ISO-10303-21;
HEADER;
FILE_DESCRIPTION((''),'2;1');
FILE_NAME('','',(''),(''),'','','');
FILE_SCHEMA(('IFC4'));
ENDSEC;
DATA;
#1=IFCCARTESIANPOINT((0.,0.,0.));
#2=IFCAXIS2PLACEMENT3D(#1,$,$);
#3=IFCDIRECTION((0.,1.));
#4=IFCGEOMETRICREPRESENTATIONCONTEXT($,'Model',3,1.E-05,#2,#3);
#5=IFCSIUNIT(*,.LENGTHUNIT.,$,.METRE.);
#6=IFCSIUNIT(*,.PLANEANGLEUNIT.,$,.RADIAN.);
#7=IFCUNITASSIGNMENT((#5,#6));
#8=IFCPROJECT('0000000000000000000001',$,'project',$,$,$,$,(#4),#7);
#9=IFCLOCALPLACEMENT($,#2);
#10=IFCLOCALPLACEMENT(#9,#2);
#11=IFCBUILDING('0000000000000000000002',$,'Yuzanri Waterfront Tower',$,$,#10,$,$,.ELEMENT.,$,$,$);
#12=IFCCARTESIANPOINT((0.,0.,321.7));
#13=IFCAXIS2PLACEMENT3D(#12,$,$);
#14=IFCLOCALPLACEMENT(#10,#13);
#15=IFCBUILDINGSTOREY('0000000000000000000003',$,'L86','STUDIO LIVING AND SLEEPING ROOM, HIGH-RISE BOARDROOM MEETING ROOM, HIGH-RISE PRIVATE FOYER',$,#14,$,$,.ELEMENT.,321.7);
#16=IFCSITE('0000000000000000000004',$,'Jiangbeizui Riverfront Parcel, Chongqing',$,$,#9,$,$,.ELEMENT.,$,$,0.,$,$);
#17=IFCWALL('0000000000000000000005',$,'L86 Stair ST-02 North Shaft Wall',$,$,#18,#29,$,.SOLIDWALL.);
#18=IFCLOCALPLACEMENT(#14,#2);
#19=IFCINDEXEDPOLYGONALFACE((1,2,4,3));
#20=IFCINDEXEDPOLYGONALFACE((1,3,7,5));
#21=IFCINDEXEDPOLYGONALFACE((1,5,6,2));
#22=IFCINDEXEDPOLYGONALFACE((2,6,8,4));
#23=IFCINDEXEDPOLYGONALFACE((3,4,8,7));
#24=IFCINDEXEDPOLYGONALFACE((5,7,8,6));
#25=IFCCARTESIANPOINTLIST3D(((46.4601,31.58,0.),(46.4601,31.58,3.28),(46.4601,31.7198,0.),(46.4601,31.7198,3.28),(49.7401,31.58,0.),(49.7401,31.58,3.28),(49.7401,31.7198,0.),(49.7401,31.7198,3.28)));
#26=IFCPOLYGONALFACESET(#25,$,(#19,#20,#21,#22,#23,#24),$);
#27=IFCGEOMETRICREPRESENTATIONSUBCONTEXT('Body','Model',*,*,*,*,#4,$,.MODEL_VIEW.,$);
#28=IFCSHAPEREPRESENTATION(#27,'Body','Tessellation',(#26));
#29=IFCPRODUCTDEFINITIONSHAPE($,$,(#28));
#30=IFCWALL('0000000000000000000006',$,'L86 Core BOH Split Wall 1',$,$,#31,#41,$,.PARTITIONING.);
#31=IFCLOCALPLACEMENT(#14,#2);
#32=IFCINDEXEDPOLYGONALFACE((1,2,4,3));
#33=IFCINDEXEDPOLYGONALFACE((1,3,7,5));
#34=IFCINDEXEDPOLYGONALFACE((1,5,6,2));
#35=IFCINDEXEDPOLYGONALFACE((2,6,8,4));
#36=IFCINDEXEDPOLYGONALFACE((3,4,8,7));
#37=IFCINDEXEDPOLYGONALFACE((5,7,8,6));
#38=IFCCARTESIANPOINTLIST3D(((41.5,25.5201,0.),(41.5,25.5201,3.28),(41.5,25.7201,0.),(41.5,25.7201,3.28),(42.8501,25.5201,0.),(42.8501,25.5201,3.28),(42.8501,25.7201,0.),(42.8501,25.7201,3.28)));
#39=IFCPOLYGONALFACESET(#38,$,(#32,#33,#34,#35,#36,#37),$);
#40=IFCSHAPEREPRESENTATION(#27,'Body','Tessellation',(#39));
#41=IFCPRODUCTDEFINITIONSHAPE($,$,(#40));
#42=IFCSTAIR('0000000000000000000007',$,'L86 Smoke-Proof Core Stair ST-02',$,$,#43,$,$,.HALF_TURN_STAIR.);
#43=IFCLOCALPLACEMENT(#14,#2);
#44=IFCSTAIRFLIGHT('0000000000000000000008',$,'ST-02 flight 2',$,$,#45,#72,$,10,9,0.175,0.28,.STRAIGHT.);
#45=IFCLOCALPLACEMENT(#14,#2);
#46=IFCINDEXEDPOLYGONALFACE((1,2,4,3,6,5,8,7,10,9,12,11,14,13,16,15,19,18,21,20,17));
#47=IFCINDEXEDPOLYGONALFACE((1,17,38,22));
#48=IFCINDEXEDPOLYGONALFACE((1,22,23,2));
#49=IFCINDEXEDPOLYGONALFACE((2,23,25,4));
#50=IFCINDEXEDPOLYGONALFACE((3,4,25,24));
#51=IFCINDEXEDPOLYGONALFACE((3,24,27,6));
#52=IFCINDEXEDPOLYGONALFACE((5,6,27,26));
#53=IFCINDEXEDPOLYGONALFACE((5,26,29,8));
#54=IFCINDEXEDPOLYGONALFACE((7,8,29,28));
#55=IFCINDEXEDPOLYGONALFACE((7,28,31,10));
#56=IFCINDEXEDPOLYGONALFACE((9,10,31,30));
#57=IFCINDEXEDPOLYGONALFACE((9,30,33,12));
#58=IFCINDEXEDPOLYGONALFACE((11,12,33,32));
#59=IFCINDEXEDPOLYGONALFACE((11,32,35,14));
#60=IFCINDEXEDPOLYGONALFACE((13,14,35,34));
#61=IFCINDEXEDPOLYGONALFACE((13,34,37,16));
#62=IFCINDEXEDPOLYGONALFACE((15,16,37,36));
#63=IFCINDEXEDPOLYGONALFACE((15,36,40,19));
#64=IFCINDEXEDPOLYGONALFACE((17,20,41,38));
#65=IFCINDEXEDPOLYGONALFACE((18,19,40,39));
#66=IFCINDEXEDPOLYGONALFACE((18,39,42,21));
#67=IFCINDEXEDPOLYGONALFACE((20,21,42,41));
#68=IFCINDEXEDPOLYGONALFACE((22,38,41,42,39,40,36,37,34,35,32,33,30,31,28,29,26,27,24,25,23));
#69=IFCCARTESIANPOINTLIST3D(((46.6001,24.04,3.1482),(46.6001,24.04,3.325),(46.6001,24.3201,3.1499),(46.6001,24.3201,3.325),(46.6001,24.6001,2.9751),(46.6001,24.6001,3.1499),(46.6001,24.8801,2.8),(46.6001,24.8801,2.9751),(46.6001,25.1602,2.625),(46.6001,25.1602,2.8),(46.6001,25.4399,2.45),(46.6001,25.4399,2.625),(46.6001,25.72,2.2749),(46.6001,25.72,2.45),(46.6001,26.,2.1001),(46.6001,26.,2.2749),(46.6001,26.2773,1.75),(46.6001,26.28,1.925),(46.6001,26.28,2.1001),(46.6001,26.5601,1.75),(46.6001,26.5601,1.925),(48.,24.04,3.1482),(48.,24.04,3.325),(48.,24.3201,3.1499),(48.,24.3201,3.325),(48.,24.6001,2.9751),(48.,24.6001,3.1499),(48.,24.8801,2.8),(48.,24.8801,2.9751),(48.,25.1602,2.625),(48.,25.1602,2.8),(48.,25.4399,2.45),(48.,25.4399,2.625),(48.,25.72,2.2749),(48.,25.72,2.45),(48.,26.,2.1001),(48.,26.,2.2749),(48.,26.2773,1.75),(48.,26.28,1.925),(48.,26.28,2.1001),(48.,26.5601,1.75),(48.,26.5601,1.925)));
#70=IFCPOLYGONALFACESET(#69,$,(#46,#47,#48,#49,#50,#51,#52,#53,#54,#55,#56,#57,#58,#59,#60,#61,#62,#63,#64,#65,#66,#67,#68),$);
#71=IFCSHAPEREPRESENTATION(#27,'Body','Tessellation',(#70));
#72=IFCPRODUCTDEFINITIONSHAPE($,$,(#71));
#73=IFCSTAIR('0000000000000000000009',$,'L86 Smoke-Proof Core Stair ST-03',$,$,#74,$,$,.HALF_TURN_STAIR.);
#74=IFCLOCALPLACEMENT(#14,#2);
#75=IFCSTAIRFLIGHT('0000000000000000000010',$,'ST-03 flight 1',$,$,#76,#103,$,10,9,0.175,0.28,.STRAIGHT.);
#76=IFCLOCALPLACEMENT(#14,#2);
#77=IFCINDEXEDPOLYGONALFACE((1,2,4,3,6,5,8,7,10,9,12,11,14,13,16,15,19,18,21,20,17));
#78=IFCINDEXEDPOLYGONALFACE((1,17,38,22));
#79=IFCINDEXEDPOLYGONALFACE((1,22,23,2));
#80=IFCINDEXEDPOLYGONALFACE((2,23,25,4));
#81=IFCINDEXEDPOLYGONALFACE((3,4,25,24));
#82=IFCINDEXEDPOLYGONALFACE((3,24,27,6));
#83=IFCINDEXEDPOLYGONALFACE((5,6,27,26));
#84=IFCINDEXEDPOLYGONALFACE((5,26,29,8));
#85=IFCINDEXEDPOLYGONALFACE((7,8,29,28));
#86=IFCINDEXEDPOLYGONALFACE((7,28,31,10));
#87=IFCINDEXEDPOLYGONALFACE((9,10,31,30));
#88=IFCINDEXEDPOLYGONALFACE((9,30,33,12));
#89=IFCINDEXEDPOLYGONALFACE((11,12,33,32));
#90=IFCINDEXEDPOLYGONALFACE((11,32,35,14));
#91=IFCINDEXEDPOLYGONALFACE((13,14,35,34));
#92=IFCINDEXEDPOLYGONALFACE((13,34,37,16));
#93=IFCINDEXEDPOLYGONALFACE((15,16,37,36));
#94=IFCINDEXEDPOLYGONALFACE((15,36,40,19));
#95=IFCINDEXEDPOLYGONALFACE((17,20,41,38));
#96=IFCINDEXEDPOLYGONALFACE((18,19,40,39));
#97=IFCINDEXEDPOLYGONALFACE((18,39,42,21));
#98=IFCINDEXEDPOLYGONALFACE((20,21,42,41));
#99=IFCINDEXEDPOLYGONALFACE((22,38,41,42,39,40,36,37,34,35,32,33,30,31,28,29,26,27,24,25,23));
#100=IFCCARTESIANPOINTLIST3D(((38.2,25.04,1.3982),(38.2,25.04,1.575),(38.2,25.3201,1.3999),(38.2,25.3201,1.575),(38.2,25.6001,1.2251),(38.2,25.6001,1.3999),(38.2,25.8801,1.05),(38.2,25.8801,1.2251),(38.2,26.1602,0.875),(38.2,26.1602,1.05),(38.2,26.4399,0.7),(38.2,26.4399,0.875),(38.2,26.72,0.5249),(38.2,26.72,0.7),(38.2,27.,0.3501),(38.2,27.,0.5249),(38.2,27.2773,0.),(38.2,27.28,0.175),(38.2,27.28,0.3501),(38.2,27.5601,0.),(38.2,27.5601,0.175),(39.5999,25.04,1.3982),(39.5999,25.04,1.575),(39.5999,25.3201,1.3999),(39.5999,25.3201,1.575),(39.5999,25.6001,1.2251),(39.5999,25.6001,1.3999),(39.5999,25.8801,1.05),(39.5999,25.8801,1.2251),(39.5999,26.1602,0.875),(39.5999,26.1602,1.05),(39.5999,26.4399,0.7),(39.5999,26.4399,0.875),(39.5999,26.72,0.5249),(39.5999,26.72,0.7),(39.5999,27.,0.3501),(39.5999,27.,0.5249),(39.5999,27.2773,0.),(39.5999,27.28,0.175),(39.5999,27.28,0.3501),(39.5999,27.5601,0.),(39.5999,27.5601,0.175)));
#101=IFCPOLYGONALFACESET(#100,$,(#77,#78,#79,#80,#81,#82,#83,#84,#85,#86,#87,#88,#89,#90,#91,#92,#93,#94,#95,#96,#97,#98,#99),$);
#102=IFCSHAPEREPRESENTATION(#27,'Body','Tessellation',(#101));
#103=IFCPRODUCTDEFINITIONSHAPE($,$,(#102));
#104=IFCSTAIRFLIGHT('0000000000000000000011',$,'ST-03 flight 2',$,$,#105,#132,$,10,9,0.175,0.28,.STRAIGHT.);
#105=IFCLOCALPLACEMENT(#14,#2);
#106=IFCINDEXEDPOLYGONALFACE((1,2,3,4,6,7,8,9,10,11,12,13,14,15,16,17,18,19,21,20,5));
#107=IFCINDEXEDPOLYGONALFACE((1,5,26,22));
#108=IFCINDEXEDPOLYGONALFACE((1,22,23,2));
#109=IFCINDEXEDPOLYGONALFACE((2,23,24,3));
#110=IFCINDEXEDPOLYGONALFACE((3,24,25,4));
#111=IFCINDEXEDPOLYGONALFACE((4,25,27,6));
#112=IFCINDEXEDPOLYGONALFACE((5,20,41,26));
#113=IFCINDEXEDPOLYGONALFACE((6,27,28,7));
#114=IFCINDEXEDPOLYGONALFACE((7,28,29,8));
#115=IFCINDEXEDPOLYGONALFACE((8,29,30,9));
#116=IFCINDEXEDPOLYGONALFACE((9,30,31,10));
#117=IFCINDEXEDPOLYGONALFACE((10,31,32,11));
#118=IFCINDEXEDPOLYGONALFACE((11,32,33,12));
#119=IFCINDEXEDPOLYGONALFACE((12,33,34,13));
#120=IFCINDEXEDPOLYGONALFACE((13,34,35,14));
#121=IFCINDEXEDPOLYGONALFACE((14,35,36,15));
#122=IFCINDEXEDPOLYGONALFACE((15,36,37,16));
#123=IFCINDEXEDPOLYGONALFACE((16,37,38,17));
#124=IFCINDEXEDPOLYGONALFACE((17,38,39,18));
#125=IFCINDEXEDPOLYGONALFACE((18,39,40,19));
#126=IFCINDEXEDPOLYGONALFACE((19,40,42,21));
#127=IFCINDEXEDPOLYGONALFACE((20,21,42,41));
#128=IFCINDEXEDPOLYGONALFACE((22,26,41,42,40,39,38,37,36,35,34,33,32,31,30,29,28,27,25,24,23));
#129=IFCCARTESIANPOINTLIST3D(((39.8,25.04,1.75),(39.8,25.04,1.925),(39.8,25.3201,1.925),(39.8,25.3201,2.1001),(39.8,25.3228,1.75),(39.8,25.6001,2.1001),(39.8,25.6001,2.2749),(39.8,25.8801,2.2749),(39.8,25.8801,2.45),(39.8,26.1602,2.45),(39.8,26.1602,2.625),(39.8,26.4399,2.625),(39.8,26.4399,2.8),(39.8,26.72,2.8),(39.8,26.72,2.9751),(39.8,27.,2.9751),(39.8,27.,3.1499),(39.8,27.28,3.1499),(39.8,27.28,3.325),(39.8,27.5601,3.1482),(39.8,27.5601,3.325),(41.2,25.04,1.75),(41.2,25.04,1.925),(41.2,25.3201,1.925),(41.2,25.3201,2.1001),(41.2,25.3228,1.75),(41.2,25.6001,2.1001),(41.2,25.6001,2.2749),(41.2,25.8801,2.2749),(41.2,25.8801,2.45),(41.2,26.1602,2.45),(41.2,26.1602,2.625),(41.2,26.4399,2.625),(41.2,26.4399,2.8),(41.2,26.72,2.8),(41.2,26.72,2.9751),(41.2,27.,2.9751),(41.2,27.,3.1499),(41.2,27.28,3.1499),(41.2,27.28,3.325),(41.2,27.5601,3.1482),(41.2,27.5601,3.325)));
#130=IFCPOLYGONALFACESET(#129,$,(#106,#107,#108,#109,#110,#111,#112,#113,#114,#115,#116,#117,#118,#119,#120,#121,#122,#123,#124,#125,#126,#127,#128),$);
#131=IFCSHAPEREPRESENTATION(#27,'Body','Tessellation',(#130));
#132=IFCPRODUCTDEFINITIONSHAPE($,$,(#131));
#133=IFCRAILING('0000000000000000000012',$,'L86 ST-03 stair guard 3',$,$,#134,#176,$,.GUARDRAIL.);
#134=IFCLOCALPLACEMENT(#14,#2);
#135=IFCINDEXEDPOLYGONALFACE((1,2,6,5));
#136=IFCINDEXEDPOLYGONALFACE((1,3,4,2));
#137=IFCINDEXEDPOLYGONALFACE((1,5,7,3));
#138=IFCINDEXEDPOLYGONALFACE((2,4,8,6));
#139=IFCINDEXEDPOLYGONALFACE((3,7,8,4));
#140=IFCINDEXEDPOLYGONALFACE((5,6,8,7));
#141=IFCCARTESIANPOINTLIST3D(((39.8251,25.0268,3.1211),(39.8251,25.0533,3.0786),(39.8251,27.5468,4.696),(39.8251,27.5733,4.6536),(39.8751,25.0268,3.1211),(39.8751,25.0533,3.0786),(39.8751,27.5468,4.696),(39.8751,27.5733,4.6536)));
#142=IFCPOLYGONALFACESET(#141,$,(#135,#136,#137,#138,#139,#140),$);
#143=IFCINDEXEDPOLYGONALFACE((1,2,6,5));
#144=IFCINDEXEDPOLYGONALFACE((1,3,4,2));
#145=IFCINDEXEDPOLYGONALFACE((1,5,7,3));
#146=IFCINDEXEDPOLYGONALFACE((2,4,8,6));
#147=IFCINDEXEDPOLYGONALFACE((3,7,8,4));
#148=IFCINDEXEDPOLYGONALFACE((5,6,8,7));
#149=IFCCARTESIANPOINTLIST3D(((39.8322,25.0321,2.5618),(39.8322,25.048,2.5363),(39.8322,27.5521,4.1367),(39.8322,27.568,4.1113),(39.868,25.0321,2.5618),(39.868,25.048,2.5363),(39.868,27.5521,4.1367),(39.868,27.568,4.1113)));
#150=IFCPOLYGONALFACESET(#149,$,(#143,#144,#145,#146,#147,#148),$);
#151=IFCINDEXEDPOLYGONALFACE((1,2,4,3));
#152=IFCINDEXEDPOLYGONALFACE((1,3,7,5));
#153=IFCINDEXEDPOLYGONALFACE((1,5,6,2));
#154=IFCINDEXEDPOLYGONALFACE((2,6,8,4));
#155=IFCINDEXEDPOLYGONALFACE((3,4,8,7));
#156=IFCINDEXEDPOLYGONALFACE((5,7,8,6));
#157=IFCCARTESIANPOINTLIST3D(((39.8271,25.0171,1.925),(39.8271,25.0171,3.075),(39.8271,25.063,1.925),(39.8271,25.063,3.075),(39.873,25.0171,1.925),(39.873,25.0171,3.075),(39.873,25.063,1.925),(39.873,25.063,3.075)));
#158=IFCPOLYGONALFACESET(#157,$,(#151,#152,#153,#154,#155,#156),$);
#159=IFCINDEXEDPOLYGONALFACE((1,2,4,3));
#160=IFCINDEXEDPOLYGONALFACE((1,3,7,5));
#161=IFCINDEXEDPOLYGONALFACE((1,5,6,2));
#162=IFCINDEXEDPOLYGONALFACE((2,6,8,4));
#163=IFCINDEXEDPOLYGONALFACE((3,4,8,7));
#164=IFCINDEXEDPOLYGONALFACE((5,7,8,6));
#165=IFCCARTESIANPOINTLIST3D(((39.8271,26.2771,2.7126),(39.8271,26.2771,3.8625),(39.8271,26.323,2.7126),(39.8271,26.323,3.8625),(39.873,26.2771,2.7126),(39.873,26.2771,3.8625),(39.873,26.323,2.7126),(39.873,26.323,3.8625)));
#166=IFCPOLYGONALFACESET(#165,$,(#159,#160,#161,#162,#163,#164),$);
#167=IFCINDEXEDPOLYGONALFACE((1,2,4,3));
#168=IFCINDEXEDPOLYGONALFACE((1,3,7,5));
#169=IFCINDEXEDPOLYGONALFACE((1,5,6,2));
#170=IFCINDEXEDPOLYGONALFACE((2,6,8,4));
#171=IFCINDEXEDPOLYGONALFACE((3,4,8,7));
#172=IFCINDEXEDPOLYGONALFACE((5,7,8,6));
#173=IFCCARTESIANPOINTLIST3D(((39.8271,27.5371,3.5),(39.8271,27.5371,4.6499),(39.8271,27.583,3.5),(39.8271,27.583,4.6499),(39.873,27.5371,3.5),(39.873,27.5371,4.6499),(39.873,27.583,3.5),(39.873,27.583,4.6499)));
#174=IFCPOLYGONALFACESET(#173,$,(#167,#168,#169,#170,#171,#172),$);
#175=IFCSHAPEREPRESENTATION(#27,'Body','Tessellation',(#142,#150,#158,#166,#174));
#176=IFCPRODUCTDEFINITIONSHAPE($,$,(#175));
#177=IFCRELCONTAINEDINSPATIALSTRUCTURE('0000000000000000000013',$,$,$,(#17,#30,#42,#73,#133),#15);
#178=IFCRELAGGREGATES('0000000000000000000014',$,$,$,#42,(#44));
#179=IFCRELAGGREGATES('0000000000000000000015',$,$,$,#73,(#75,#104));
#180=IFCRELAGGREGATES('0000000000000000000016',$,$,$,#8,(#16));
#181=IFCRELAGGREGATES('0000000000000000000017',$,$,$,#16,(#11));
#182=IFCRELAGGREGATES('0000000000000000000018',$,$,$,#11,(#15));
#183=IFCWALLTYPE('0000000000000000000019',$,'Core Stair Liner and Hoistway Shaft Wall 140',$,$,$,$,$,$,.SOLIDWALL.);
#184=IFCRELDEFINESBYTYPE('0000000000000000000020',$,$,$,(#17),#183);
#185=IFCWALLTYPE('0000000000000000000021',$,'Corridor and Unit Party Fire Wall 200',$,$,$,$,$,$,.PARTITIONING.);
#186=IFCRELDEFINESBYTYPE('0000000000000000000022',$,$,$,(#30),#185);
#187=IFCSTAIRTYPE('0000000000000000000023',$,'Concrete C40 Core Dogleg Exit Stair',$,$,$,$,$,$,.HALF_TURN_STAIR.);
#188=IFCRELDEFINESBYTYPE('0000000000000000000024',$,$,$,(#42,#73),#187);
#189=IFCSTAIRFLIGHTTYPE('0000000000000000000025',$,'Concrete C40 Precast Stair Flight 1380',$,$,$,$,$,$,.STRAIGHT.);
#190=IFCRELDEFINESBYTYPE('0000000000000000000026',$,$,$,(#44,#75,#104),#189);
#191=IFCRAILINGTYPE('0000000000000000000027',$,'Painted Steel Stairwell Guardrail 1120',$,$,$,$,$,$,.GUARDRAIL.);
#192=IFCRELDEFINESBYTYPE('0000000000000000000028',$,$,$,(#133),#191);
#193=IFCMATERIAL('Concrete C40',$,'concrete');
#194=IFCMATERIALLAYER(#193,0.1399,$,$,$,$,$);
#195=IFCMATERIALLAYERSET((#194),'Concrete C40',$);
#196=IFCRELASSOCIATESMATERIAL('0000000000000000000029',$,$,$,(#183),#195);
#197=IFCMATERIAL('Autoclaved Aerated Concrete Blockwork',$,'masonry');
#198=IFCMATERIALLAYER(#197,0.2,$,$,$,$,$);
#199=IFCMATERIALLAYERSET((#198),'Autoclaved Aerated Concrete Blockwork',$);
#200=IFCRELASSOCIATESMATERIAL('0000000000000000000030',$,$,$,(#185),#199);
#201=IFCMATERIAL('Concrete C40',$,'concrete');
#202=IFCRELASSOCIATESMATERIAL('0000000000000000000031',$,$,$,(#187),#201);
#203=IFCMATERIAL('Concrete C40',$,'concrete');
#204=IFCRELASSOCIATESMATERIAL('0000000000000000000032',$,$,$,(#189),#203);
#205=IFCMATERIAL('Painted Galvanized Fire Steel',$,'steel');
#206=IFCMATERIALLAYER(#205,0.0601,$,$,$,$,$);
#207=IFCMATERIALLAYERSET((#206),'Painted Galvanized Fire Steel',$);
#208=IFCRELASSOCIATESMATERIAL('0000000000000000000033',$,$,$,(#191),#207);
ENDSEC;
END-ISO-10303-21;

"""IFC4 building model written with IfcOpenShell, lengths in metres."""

from ifc_helpers import new_model, si_unit, direction, frame, frame_2d, origin, origin_2d, place, context, subcontext, project, spatial, polyline, rectangle, outline, extrude, source, transform, mapped, material, layer, layer_set, type_object, element, aggregate, save


model = new_model("IFC4")

# Units and contexts
model_context = context("Model", 3, precision=1e-05, world=origin(), true_north=direction((0.0, 1.0)))
body_context = subcontext(model_context, "Body", "Model", "MODEL_VIEW")
ifc_project = project(units=[si_unit("LENGTHUNIT", "METRE"), si_unit("PLANEANGLEUNIT", "RADIAN")], contexts=[model_context])

# Site, building, storey
site_placement = place(None, origin())
site = spatial("IfcSite", under=ifc_project, at=site_placement, Name="Jiangbeizui Riverfront Parcel, Chongqing", CompositionType="ELEMENT", RefElevation=0.0)
building_placement = place(site_placement, origin())
building = spatial("IfcBuilding", under=site, at=building_placement, Name="Yuzanri Waterfront Tower", CompositionType="ELEMENT")
storey_placement = place(building_placement, frame((0.0, 0.0, 321.7)))
storey = spatial("IfcBuildingStorey", under=building, at=storey_placement, Name="L86", Description="STUDIO LIVING AND SLEEPING ROOM, HIGH-RISE BOARDROOM MEETING ROOM, HIGH-RISE PRIVATE FOYER", CompositionType="ELEMENT", Elevation=321.7)

# Shared definitions
ifc_material_1 = material(Name="Concrete C40", Category="concrete")
ifc_layer_1 = layer(ifc_material_1, 0.1399)
ifc_layer_set_1 = layer_set([ifc_layer_1], Name="Concrete C40")
wall_type_1 = type_object("IfcWallType", Name="Core Stair Liner and Hoistway Shaft Wall 140", PredefinedType="SOLIDWALL", material=ifc_layer_set_1)

# Walls
shared_shape_1 = source(origin(), body_context, "Body", "SweptSolid", [
    extrude(rectangle(XDim=3.28, YDim=0.1399, at=frame_2d((1.6401, 0.0))), origin(), (0.0, 0.0, 1.0), 3.28),
])
wall_1_placement = place(storey_placement, frame((46.46, 31.6499, 0.0), z_axis=(0.0, 0.0, 1.0), x_axis=(1.0, 0.0, 0.0)))
element("IfcWall", 1, at=wall_1_placement, inside=storey, type_object=wall_type_1, Name="L86 Stair ST-02 North Shaft Wall", PredefinedType="SOLIDWALL", context=body_context, shape_type="MappedRepresentation", body=[
    mapped(shared_shape_1, transform((0.0, 0.0, 0.0), scale=1.0)),
])
ifc_material_2 = material(Name="Autoclaved Aerated Concrete Blockwork", Category="masonry")
ifc_layer_2 = layer(ifc_material_2, 0.2)
ifc_layer_set_2 = layer_set([ifc_layer_2], Name="Autoclaved Aerated Concrete Blockwork")
wall_type_2 = type_object("IfcWallType", Name="Corridor and Unit Party Fire Wall 200", PredefinedType="PARTITIONING", material=ifc_layer_set_2)
shared_shape_2 = source(origin(), body_context, "Body", "SweptSolid", [
    extrude(rectangle(XDim=1.3501, YDim=0.2, at=frame_2d((0.675, 0.0))), origin(), (0.0, 0.0, 1.0), 3.28),
])
wall_2_placement = place(storey_placement, frame((41.5, 25.6201, 0.0), z_axis=(0.0, 0.0, 1.0), x_axis=(1.0, 0.0, 0.0)))
element("IfcWall", 2, at=wall_2_placement, inside=storey, type_object=wall_type_2, Name="L86 Core BOH Split Wall 1", PredefinedType="PARTITIONING", context=body_context, shape_type="MappedRepresentation", body=[
    mapped(shared_shape_2, transform((0.0, 0.0, 0.0), scale=1.0)),
])

# Stair, stair flight
ifc_material_3 = material(Name="Concrete C40", Category="concrete")
stair_type = type_object("IfcStairType", Name="Concrete C40 Core Dogleg Exit Stair", PredefinedType="HALF_TURN_STAIR", material=ifc_material_3)
stair_1_placement = place(storey_placement, origin())
stair_1 = element("IfcStair", 3, at=stair_1_placement, inside=storey, type_object=stair_type, Name="L86 Smoke-Proof Core Stair ST-02", PredefinedType="HALF_TURN_STAIR")
ifc_material_4 = material(Name="Concrete C40", Category="concrete")
stair_flight_type = type_object("IfcStairFlightType", Name="Concrete C40 Precast Stair Flight 1380", PredefinedType="STRAIGHT", material=ifc_material_4)
shared_shape_3 = source(origin(), body_context, "Body", "SweptSolid", [
    extrude(outline(polyline([(0.0, 0.0), (0.0, 0.175), (0.28, 0.175), (0.28, 0.3501), (0.5601, 0.3501), (0.5601, 0.5249), (0.8401, 0.5249), (0.8401, 0.7), (1.1201, 0.7), (1.1201, 0.875), (1.3999, 0.875), (1.3999, 1.05), (1.6799, 1.05), (1.6799, 1.2251), (1.96, 1.2251), (1.96, 1.3999), (2.24, 1.3999), (2.24, 1.575), (2.52, 1.575), (2.52, 1.75), (2.52, 1.3982), (0.2827, 0.0), (0.0, 0.0)])), frame((0.0, 0.7, 0.0), z_axis=(0.0, -1.0, 0.0), x_axis=(1.0, 0.0, 0.0)), (0.0, 0.0, 1.0), 1.3999),
])
stair_flight_1_placement = place(storey_placement, frame((47.3, 26.5601, 1.75), z_axis=(0.0, 0.0, 1.0), x_axis=(0.0, -1.0, 0.0)))
stair_flight_1 = element("IfcStairFlight", 4, at=stair_flight_1_placement, type_object=stair_flight_type, Name="ST-02 flight 2", NumberOfRisers=10, NumberOfTreads=9, PredefinedType="STRAIGHT", RiserHeight=0.175, TreadLength=0.28, context=body_context, shape_type="MappedRepresentation", body=[
    mapped(shared_shape_3, transform((0.0, 0.0, 0.0), scale=1.0)),
])
aggregate(stair_1, [stair_flight_1])

# Stair, stair flights
stair_2_placement = place(storey_placement, origin())
stair_2 = element("IfcStair", 5, at=stair_2_placement, inside=storey, type_object=stair_type, Name="L86 Smoke-Proof Core Stair ST-03", PredefinedType="HALF_TURN_STAIR")
stair_flight_2_placement = place(storey_placement, frame((38.8999, 27.5601, 0.0), z_axis=(0.0, 0.0, 1.0), x_axis=(0.0, -1.0, 0.0)))
stair_flight_2 = element("IfcStairFlight", 6, at=stair_flight_2_placement, type_object=stair_flight_type, Name="ST-03 flight 1", NumberOfRisers=10, NumberOfTreads=9, PredefinedType="STRAIGHT", RiserHeight=0.175, TreadLength=0.28, context=body_context, shape_type="MappedRepresentation", body=[
    mapped(shared_shape_3, transform((0.0, 0.0, 0.0), scale=1.0)),
])
stair_flight_3_placement = place(storey_placement, frame((40.5, 25.04, 1.75), z_axis=(0.0, 0.0, 1.0), x_axis=(0.0, 1.0, 0.0)))
stair_flight_3 = element("IfcStairFlight", 7, at=stair_flight_3_placement, type_object=stair_flight_type, Name="ST-03 flight 2", NumberOfRisers=10, NumberOfTreads=9, PredefinedType="STRAIGHT", RiserHeight=0.175, TreadLength=0.28, context=body_context, shape_type="MappedRepresentation", body=[
    mapped(shared_shape_3, transform((0.0, 0.0, 0.0), scale=1.0)),
])
aggregate(stair_2, [stair_flight_2, stair_flight_3])

# Railing
ifc_material_5 = material(Name="Painted Galvanized Fire Steel", Category="steel")
ifc_layer_3 = layer(ifc_material_5, 0.0601)
ifc_layer_set_3 = layer_set([ifc_layer_3], Name="Painted Galvanized Fire Steel")
railing_type_1 = type_object("IfcRailingType", Name="Painted Steel Stairwell Guardrail 1120", PredefinedType="GUARDRAIL", material=ifc_layer_set_3)
shared_shape_4 = source(origin(), body_context, "Body", "SweptSolid", [
    extrude(rectangle(XDim=0.05, YDim=0.05, at=origin_2d()), frame((0.0, 0.0, 1.1748), z_axis=(0.0, 0.848008, 0.529984), x_axis=(-1.0, 0.0, 0.0)), (0.0, 0.0, 1.0), 2.9717),
    extrude(rectangle(XDim=0.0359, YDim=0.03, at=origin_2d()), frame((0.0, 0.0, 0.624), z_axis=(0.0, 0.848008, 0.529984), x_axis=(-1.0, 0.0, 0.0)), (0.0, 0.0, 1.0), 2.9717),
    extrude(rectangle(XDim=0.0459, YDim=0.0459, at=origin_2d()), origin(), (0.0, 0.0, 1.0), 1.1499),
    extrude(rectangle(XDim=0.0459, YDim=0.0459, at=origin_2d()), frame((0.0, 1.26, 0.7876)), (0.0, 0.0, 1.0), 1.1499),
    extrude(rectangle(XDim=0.0459, YDim=0.0459, at=origin_2d()), frame((0.0, 2.52, 1.575)), (0.0, 0.0, 1.0), 1.1499),
])
railing_1_placement = place(storey_placement, frame((39.8501, 25.04, 1.925)))
element("IfcRailing", 8, at=railing_1_placement, inside=storey, type_object=railing_type_1, Name="L86 ST-03 stair guard 3", PredefinedType="GUARDRAIL", context=body_context, shape_type="MappedRepresentation", body=[
    mapped(shared_shape_4, transform((0.0, 0.0, 0.0), scale=1.0)),
])

save(model, "model.ifc")
